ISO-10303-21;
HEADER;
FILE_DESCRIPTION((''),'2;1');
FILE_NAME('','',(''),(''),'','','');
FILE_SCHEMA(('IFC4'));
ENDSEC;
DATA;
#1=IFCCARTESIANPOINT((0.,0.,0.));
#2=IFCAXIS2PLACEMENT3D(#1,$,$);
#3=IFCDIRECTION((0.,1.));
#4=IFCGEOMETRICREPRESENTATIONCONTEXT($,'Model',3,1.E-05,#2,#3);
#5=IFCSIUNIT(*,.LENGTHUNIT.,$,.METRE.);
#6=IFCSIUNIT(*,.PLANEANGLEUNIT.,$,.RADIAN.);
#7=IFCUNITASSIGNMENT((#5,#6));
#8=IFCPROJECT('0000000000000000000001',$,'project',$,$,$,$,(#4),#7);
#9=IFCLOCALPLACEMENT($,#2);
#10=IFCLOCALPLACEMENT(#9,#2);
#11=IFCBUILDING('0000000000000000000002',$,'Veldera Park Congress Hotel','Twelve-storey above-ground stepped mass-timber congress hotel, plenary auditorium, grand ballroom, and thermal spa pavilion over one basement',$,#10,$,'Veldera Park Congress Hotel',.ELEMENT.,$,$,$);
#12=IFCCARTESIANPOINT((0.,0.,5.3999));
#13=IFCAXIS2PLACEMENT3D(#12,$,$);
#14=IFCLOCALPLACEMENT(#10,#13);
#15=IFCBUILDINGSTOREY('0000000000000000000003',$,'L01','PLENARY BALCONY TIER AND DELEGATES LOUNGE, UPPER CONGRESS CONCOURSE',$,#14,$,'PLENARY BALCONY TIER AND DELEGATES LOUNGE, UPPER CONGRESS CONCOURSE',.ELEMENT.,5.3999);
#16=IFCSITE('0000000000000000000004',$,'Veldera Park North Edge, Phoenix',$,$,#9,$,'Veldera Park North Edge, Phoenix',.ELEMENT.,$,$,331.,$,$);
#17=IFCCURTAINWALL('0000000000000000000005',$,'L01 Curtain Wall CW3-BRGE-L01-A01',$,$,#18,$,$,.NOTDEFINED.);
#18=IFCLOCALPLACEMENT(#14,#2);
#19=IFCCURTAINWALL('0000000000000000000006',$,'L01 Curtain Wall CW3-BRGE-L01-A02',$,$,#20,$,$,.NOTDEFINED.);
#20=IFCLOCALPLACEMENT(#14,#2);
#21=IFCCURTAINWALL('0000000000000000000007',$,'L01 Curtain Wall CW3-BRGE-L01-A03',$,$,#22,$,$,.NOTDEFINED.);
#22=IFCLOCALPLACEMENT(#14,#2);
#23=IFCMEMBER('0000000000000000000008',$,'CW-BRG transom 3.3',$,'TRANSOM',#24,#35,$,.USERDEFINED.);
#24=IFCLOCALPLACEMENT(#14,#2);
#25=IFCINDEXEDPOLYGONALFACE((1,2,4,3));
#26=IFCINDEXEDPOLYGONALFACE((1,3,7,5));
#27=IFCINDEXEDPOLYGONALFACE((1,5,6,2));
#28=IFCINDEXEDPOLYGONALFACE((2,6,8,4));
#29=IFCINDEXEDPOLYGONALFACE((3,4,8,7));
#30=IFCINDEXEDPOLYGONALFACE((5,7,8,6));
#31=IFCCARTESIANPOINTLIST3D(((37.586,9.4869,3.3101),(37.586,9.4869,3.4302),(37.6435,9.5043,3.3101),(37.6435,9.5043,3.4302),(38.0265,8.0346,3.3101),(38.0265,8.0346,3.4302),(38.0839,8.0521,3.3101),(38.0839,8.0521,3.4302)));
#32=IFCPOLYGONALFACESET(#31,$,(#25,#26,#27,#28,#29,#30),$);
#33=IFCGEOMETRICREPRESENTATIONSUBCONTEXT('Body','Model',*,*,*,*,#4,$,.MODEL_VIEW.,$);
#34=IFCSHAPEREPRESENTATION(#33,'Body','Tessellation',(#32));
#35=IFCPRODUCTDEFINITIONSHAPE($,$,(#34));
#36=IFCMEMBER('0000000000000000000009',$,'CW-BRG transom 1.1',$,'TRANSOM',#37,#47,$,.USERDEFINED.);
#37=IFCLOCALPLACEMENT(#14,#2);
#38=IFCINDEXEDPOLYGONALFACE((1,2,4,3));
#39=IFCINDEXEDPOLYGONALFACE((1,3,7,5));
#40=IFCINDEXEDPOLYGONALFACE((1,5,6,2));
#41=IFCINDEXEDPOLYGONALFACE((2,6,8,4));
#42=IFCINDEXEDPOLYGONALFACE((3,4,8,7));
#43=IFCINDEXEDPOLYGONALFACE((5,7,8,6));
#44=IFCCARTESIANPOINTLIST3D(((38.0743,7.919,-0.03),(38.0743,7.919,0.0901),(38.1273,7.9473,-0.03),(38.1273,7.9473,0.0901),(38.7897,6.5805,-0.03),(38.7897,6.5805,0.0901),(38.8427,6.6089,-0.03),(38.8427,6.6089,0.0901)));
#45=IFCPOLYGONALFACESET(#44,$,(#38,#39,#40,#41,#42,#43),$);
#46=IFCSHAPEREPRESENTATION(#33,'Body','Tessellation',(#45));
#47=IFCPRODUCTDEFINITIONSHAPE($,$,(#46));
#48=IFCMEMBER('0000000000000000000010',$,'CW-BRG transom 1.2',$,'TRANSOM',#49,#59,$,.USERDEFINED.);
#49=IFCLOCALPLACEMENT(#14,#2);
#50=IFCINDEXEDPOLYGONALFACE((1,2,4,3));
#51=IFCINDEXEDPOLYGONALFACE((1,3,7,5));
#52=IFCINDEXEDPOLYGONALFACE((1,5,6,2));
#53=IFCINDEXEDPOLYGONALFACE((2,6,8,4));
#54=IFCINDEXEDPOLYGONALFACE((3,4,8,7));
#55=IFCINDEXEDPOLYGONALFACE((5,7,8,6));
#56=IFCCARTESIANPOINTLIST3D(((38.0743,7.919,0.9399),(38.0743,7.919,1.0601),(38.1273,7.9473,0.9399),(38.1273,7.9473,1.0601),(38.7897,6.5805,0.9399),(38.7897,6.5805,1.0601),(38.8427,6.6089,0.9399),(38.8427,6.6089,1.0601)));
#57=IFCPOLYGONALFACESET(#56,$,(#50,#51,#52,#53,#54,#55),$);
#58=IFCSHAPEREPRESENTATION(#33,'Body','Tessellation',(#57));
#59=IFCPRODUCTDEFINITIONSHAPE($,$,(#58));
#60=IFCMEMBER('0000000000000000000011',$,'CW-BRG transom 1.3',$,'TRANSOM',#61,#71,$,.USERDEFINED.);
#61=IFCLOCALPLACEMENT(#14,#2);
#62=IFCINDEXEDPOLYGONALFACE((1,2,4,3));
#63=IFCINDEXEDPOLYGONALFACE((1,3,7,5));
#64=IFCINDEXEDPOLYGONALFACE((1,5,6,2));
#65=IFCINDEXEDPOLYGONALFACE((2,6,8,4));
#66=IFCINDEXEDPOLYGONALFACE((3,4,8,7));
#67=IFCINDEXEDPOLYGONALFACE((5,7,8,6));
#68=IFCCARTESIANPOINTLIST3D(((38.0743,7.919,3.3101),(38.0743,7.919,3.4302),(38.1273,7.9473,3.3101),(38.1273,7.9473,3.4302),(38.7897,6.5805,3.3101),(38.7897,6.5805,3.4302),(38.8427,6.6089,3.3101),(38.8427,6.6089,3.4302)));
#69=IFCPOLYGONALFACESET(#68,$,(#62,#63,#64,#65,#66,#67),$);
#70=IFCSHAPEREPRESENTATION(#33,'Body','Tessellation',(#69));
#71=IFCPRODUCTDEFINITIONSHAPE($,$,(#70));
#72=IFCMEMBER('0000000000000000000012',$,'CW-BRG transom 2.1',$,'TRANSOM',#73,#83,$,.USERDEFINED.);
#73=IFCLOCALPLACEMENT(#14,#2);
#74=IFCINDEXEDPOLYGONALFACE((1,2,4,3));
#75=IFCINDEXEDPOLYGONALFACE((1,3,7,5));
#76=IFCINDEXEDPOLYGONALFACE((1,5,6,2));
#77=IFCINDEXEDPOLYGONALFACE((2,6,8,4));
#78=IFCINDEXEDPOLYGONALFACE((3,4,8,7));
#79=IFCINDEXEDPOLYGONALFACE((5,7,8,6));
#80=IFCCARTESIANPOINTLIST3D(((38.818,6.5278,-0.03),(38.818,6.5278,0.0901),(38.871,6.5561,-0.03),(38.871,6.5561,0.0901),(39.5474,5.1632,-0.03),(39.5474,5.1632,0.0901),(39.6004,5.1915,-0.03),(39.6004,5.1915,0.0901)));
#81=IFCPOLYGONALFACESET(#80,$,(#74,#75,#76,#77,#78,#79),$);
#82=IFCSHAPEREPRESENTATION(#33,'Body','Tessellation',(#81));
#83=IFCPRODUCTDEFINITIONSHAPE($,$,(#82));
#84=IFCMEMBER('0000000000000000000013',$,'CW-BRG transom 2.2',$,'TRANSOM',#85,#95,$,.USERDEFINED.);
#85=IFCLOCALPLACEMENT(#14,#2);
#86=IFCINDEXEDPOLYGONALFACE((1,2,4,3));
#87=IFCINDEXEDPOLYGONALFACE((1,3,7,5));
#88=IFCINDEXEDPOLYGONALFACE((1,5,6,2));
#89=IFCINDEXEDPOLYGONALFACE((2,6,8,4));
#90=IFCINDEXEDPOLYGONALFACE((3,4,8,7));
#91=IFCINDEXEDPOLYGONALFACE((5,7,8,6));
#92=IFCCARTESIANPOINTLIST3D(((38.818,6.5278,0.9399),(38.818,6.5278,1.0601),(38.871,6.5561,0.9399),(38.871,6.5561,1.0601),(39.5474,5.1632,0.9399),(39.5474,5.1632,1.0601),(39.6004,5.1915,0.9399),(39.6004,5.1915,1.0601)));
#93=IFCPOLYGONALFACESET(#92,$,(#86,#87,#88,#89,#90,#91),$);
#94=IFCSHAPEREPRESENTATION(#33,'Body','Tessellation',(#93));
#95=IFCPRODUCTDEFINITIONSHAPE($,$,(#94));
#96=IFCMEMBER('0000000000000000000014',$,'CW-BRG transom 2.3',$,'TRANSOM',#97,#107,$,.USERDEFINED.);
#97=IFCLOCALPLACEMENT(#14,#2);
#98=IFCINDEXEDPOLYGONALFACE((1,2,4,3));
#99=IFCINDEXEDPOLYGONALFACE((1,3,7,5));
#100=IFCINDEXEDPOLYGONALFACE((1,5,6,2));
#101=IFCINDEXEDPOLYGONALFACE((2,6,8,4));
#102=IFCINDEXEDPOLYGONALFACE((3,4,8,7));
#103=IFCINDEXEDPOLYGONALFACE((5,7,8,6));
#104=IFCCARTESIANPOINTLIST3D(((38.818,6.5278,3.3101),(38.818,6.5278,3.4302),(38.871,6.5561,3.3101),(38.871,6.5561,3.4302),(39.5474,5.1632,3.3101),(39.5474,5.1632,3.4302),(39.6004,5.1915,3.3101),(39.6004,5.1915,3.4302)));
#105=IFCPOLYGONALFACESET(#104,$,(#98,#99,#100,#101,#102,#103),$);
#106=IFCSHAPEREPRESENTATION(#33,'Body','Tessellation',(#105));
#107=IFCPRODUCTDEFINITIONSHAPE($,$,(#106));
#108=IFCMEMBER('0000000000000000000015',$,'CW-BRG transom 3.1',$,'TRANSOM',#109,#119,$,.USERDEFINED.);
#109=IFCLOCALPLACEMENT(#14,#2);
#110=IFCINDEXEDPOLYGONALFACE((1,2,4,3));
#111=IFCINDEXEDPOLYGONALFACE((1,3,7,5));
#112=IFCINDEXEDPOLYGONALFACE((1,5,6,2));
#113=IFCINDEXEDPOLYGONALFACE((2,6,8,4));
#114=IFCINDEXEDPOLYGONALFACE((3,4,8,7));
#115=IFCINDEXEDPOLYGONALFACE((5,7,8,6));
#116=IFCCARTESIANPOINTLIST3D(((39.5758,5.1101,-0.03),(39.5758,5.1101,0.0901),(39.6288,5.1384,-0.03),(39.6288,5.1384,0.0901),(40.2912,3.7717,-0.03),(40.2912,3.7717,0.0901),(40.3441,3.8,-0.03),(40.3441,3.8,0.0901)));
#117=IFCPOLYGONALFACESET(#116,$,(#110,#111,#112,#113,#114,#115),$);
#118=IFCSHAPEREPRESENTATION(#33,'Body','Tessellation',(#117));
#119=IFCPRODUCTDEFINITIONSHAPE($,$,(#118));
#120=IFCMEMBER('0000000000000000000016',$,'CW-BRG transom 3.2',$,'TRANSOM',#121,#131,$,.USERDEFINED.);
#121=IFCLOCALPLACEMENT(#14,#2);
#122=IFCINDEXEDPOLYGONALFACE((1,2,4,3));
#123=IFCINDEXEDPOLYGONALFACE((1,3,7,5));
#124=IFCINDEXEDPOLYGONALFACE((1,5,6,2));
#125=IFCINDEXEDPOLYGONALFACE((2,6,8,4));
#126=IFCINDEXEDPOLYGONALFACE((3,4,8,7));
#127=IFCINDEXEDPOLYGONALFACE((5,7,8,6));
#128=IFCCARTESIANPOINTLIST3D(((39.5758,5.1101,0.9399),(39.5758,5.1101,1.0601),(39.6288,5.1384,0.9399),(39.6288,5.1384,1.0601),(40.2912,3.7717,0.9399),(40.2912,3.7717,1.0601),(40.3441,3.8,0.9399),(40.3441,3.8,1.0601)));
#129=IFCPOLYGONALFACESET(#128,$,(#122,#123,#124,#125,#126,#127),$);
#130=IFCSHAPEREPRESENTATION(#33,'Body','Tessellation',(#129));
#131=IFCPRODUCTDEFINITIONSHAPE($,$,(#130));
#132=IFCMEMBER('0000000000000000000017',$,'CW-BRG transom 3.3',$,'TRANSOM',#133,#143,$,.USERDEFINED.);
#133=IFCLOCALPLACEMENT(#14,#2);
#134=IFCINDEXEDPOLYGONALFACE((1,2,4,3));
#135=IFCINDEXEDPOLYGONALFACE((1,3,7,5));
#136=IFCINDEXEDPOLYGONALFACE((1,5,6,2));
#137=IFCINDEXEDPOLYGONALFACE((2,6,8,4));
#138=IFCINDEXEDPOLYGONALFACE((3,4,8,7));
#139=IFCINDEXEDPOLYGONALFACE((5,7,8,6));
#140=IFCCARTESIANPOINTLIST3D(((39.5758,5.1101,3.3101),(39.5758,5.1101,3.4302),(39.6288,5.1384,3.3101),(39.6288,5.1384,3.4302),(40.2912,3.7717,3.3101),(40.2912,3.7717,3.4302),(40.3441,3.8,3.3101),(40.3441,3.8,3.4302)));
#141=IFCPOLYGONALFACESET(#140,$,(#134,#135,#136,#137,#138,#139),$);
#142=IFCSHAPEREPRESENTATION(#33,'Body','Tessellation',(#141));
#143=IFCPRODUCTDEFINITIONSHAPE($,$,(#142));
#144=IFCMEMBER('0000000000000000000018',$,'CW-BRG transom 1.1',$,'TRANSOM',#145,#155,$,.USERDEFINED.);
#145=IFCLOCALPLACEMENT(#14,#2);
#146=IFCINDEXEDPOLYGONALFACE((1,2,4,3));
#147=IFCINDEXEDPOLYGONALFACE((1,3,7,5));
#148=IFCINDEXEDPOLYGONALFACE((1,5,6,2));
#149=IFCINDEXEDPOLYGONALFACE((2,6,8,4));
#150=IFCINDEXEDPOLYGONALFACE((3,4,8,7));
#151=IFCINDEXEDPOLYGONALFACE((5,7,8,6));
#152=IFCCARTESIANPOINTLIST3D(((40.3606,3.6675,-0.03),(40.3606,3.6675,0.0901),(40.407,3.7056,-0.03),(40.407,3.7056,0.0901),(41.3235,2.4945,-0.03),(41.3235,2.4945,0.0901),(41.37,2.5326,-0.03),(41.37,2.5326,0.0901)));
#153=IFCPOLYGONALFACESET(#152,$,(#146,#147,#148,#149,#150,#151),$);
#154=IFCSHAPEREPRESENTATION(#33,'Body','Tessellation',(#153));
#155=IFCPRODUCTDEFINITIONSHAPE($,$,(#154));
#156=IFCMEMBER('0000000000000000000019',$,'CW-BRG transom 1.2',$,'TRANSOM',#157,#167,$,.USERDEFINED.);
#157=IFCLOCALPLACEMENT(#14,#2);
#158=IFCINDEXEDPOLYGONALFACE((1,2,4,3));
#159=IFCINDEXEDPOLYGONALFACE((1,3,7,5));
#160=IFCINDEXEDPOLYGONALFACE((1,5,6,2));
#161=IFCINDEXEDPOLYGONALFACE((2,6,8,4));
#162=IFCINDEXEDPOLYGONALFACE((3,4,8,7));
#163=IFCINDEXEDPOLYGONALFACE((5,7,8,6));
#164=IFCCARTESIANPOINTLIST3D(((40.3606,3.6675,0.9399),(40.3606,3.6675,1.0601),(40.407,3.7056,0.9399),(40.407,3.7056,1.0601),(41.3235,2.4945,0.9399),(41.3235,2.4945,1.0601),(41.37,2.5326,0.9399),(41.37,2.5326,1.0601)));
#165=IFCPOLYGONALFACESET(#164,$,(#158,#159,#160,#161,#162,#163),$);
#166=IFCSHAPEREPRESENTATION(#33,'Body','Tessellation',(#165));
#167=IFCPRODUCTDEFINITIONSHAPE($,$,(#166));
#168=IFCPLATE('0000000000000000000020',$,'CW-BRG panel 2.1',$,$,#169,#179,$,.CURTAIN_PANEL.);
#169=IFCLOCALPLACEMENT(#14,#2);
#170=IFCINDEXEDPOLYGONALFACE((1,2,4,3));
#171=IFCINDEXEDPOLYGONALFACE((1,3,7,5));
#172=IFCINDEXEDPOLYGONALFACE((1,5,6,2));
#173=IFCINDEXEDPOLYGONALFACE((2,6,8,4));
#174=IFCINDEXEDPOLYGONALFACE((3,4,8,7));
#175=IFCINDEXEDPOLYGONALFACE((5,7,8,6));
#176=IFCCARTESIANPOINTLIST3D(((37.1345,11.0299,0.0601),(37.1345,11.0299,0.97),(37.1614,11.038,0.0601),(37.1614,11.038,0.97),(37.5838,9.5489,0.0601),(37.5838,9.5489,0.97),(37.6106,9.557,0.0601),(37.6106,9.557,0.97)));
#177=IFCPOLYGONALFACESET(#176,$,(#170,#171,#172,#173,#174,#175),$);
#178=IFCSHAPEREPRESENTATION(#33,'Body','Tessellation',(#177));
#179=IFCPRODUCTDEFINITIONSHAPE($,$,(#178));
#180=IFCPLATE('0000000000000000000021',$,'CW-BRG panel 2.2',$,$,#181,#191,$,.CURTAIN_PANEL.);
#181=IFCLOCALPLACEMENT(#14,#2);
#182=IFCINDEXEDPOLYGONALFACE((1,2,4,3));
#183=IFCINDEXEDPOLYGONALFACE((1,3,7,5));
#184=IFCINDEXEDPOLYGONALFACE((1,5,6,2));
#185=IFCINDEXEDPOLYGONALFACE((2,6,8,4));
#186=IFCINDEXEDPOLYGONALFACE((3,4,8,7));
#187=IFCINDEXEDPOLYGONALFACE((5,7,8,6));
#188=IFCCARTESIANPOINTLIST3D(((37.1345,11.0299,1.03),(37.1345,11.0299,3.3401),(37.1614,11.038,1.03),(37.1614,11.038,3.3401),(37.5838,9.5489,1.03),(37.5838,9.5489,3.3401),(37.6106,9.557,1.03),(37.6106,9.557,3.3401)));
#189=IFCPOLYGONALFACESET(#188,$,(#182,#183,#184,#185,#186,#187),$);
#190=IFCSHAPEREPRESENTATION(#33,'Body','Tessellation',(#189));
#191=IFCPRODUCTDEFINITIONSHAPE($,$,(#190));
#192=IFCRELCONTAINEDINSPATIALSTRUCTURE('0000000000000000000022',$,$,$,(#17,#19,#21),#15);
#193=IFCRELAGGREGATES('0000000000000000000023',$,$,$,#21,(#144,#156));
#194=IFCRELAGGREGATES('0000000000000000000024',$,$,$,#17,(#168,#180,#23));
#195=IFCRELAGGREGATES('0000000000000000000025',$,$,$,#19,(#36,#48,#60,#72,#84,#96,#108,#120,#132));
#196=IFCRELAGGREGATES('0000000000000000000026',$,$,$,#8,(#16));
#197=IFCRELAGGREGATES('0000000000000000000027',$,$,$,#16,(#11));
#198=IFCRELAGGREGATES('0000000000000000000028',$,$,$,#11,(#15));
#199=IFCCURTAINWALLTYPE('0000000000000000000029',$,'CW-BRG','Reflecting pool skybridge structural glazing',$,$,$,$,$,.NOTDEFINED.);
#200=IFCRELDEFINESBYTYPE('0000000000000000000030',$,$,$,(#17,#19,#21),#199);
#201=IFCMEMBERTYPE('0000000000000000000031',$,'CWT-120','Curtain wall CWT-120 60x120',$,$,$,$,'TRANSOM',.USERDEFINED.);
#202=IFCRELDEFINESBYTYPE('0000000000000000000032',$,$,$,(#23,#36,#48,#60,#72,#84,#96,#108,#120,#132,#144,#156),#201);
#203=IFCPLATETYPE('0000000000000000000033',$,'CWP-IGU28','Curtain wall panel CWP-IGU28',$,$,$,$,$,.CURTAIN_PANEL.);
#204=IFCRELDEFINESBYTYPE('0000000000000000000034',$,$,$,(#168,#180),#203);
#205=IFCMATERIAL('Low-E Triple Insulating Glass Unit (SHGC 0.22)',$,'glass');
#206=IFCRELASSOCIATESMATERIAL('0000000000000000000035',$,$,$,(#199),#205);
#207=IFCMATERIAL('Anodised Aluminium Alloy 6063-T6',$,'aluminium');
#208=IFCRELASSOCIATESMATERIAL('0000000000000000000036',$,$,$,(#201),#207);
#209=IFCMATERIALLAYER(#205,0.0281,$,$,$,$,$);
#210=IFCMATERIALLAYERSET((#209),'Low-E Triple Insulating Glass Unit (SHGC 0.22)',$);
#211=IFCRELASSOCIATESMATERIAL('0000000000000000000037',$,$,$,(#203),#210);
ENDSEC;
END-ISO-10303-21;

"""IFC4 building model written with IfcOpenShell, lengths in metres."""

from ifc_helpers import new_model, si_unit, direction, frame, origin, origin_2d, place, context, subcontext, project, spatial, rectangle, extrude, material, layer, layer_set, material_profile, profile_set, type_object, element, aggregate, save


model = new_model("IFC4")

# Units and contexts
model_context = context("Model", 3, precision=1e-05, world=origin(), true_north=direction((0.0, 1.0)))
body_context = subcontext(model_context, "Body", "Model", "MODEL_VIEW")
ifc_project = project(units=[si_unit("LENGTHUNIT", "METRE"), si_unit("PLANEANGLEUNIT", "RADIAN")], contexts=[model_context])

# Site, building, storey
site_placement = place(None, origin())
site = spatial("IfcSite", under=ifc_project, at=site_placement, Name="Veldera Park North Edge, Phoenix", LongName="Veldera Park North Edge, Phoenix", CompositionType="ELEMENT", RefElevation=331.0)
building_placement = place(site_placement, origin())
building = spatial("IfcBuilding", under=site, at=building_placement, Name="Veldera Park Congress Hotel", Description="Twelve-storey above-ground stepped mass-timber congress hotel, plenary auditorium, grand ballroom, and thermal spa pavilion over one basement", LongName="Veldera Park Congress Hotel", CompositionType="ELEMENT")
storey_placement = place(building_placement, frame((0.0, 0.0, 5.3999)))
storey = spatial("IfcBuildingStorey", under=building, at=storey_placement, Name="L01", Description="PLENARY BALCONY TIER AND DELEGATES LOUNGE, UPPER CONGRESS CONCOURSE", LongName="PLENARY BALCONY TIER AND DELEGATES LOUNGE, UPPER CONGRESS CONCOURSE", CompositionType="ELEMENT", Elevation=5.3999)

# Curtain walls
ifc_material_1 = material(Name="Low-E Triple Insulating Glass Unit (SHGC 0.22)", Category="glass")
curtain_wall_type = type_object("IfcCurtainWallType", Name="CW-BRG", Description="Reflecting pool skybridge structural glazing", PredefinedType="NOTDEFINED", material=ifc_material_1)
curtain_wall_1_placement = place(storey_placement, origin())
curtain_wall_1 = element("IfcCurtainWall", 1, at=curtain_wall_1_placement, inside=storey, type_object=curtain_wall_type, Name="L01 Curtain Wall CW3-BRGE-L01-A01", PredefinedType="NOTDEFINED")
ifc_material_2 = material(Name="Anodised Aluminium Alloy 6063-T6", Category="aluminium")
curtain_wall_2_placement = place(storey_placement, origin())
curtain_wall_2 = element("IfcCurtainWall", 2, at=curtain_wall_2_placement, inside=storey, type_object=curtain_wall_type, Name="L01 Curtain Wall CW3-BRGE-L01-A02", PredefinedType="NOTDEFINED")

# Curtain wall
curtain_wall_3_placement = place(storey_placement, origin())
curtain_wall_3 = element("IfcCurtainWall", 3, at=curtain_wall_3_placement, inside=storey, type_object=curtain_wall_type, Name="L01 Curtain Wall CW3-BRGE-L01-A03", PredefinedType="NOTDEFINED")

# Shared definitions
ifc_material_profile_1 = material_profile(ifc_material_2, rectangle(XDim=0.0601, YDim=0.1201, at=origin_2d()), Name="ALU 60x120")
ifc_profile_set_1 = profile_set([ifc_material_profile_1], Name="Anodised Aluminium Alloy 6063-T6")
member_type_1 = type_object("IfcMemberType", Name="CWT-120", Description="Curtain wall CWT-120 60x120", ElementType="TRANSOM", PredefinedType="USERDEFINED", material=ifc_profile_set_1)

# Members
member_1_placement = place(storey_placement, frame((37.6147, 9.4956, 3.3701), z_axis=(0.29024, -0.956954, 0.0), x_axis=(0.956954, 0.29024, 0.0)))
member_1 = element("IfcMember", 4, at=member_1_placement, type_object=member_type_1, Name="CW-BRG transom 3.3", ObjectType="TRANSOM", PredefinedType="USERDEFINED", context=body_context, shape_type="SweptSolid", body=[
    extrude(rectangle(XDim=0.0601, YDim=0.1201, at=origin_2d()), origin(), (0.0, 0.0, 1.0), 1.5176),
])
member_2_placement = place(storey_placement, frame((38.1008, 7.9331, 0.03), z_axis=(0.471373, -0.881934, 0.0), x_axis=(0.881934, 0.471373, 0.0)))
member_2 = element("IfcMember", 5, at=member_2_placement, type_object=member_type_1, Name="CW-BRG transom 1.1", ObjectType="TRANSOM", PredefinedType="USERDEFINED", context=body_context, shape_type="SweptSolid", body=[
    extrude(rectangle(XDim=0.0601, YDim=0.1201, at=origin_2d()), origin(), (0.0, 0.0, 1.0), 1.5176),
])
member_3_placement = place(storey_placement, frame((38.1008, 7.9331, 1.0), z_axis=(0.471373, -0.881934, 0.0), x_axis=(0.881934, 0.471373, 0.0)))
member_3 = element("IfcMember", 6, at=member_3_placement, type_object=member_type_1, Name="CW-BRG transom 1.2", ObjectType="TRANSOM", PredefinedType="USERDEFINED", context=body_context, shape_type="SweptSolid", body=[
    extrude(rectangle(XDim=0.0601, YDim=0.1201, at=origin_2d()), origin(), (0.0, 0.0, 1.0), 1.5176),
])
member_4_placement = place(storey_placement, frame((38.1008, 7.9331, 3.3701), z_axis=(0.471373, -0.881934, 0.0), x_axis=(0.881934, 0.471373, 0.0)))
member_4 = element("IfcMember", 7, at=member_4_placement, type_object=member_type_1, Name="CW-BRG transom 1.3", ObjectType="TRANSOM", PredefinedType="USERDEFINED", context=body_context, shape_type="SweptSolid", body=[
    extrude(rectangle(XDim=0.0601, YDim=0.1201, at=origin_2d()), origin(), (0.0, 0.0, 1.0), 1.5176),
])
member_5_placement = place(storey_placement, frame((38.8445, 6.542, 0.03), z_axis=(0.471407, -0.881916, 0.0), x_axis=(0.881916, 0.471407, 0.0)))
member_5 = element("IfcMember", 8, at=member_5_placement, type_object=member_type_1, Name="CW-BRG transom 2.1", ObjectType="TRANSOM", PredefinedType="USERDEFINED", context=body_context, shape_type="SweptSolid", body=[
    extrude(rectangle(XDim=0.0601, YDim=0.1201, at=origin_2d()), origin(), (0.0, 0.0, 1.0), 1.5474),
])
member_6_placement = place(storey_placement, frame((38.8445, 6.542, 1.0), z_axis=(0.471407, -0.881916, 0.0), x_axis=(0.881916, 0.471407, 0.0)))
member_6 = element("IfcMember", 9, at=member_6_placement, type_object=member_type_1, Name="CW-BRG transom 2.2", ObjectType="TRANSOM", PredefinedType="USERDEFINED", context=body_context, shape_type="SweptSolid", body=[
    extrude(rectangle(XDim=0.0601, YDim=0.1201, at=origin_2d()), origin(), (0.0, 0.0, 1.0), 1.5474),
])
member_7_placement = place(storey_placement, frame((38.8445, 6.542, 3.3701), z_axis=(0.471407, -0.881916, 0.0), x_axis=(0.881916, 0.471407, 0.0)))
member_7 = element("IfcMember", 10, at=member_7_placement, type_object=member_type_1, Name="CW-BRG transom 2.3", ObjectType="TRANSOM", PredefinedType="USERDEFINED", context=body_context, shape_type="SweptSolid", body=[
    extrude(rectangle(XDim=0.0601, YDim=0.1201, at=origin_2d()), origin(), (0.0, 0.0, 1.0), 1.5474),
])
member_8_placement = place(storey_placement, frame((39.6023, 5.1243, 0.03), z_axis=(0.471373, -0.881934, 0.0), x_axis=(0.881934, 0.471373, 0.0)))
member_8 = element("IfcMember", 11, at=member_8_placement, type_object=member_type_1, Name="CW-BRG transom 3.1", ObjectType="TRANSOM", PredefinedType="USERDEFINED", context=body_context, shape_type="SweptSolid", body=[
    extrude(rectangle(XDim=0.0601, YDim=0.1201, at=origin_2d()), origin(), (0.0, 0.0, 1.0), 1.5176),
])
member_9_placement = place(storey_placement, frame((39.6023, 5.1243, 1.0), z_axis=(0.471373, -0.881934, 0.0), x_axis=(0.881934, 0.471373, 0.0)))
member_9 = element("IfcMember", 12, at=member_9_placement, type_object=member_type_1, Name="CW-BRG transom 3.2", ObjectType="TRANSOM", PredefinedType="USERDEFINED", context=body_context, shape_type="SweptSolid", body=[
    extrude(rectangle(XDim=0.0601, YDim=0.1201, at=origin_2d()), origin(), (0.0, 0.0, 1.0), 1.5176),
])
member_10_placement = place(storey_placement, frame((39.6023, 5.1243, 3.3701), z_axis=(0.471373, -0.881934, 0.0), x_axis=(0.881934, 0.471373, 0.0)))
member_10 = element("IfcMember", 13, at=member_10_placement, type_object=member_type_1, Name="CW-BRG transom 3.3", ObjectType="TRANSOM", PredefinedType="USERDEFINED", context=body_context, shape_type="SweptSolid", body=[
    extrude(rectangle(XDim=0.0601, YDim=0.1201, at=origin_2d()), origin(), (0.0, 0.0, 1.0), 1.5176),
])
member_11_placement = place(storey_placement, frame((40.3838, 3.6865, 0.03), z_axis=(0.634534, -0.772895, 0.0), x_axis=(0.772895, 0.634534, 0.0)))
member_11 = element("IfcMember", 14, at=member_11_placement, type_object=member_type_1, Name="CW-BRG transom 1.1", ObjectType="TRANSOM", PredefinedType="USERDEFINED", context=body_context, shape_type="SweptSolid", body=[
    extrude(rectangle(XDim=0.0601, YDim=0.1201, at=origin_2d()), origin(), (0.0, 0.0, 1.0), 1.5176),
])
member_12_placement = place(storey_placement, frame((40.3838, 3.6865, 1.0), z_axis=(0.634534, -0.772895, 0.0), x_axis=(0.772895, 0.634534, 0.0)))
member_12 = element("IfcMember", 15, at=member_12_placement, type_object=member_type_1, Name="CW-BRG transom 1.2", ObjectType="TRANSOM", PredefinedType="USERDEFINED", context=body_context, shape_type="SweptSolid", body=[
    extrude(rectangle(XDim=0.0601, YDim=0.1201, at=origin_2d()), origin(), (0.0, 0.0, 1.0), 1.5176),
])
aggregate(curtain_wall_3, [member_11, member_12])

# Plates
ifc_layer = layer(ifc_material_1, 0.0281)
ifc_layer_set = layer_set([ifc_layer], Name="Low-E Triple Insulating Glass Unit (SHGC 0.22)")
plate_type = type_object("IfcPlateType", Name="CWP-IGU28", Description="Curtain wall panel CWP-IGU28", PredefinedType="CURTAIN_PANEL", material=ifc_layer_set)
plate_1_placement = place(storey_placement, frame((37.3726, 10.2935, 0.0601), z_axis=(0.0, 0.0, 1.0), x_axis=(0.290288, -0.956939, 0.0)))
plate_1 = element("IfcPlate", 16, at=plate_1_placement, type_object=plate_type, Name="CW-BRG panel 2.1", PredefinedType="CURTAIN_PANEL", context=body_context, shape_type="SweptSolid", body=[
    extrude(rectangle(XDim=1.5476, YDim=0.0281, at=origin_2d()), origin(), (0.0, 0.0, 1.0), 0.9099),
])
plate_2_placement = place(storey_placement, frame((37.3726, 10.2935, 1.03), z_axis=(0.0, 0.0, 1.0), x_axis=(0.290288, -0.956939, 0.0)))
plate_2 = element("IfcPlate", 17, at=plate_2_placement, type_object=plate_type, Name="CW-BRG panel 2.2", PredefinedType="CURTAIN_PANEL", context=body_context, shape_type="SweptSolid", body=[
    extrude(rectangle(XDim=1.5476, YDim=0.0281, at=origin_2d()), origin(), (0.0, 0.0, 1.0), 2.3101),
])
aggregate(curtain_wall_1, [plate_1, plate_2, member_1])
aggregate(curtain_wall_2, [member_2, member_3, member_4, member_5, member_6, member_7, member_8, member_9, member_10])

save(model, "model.ifc")
